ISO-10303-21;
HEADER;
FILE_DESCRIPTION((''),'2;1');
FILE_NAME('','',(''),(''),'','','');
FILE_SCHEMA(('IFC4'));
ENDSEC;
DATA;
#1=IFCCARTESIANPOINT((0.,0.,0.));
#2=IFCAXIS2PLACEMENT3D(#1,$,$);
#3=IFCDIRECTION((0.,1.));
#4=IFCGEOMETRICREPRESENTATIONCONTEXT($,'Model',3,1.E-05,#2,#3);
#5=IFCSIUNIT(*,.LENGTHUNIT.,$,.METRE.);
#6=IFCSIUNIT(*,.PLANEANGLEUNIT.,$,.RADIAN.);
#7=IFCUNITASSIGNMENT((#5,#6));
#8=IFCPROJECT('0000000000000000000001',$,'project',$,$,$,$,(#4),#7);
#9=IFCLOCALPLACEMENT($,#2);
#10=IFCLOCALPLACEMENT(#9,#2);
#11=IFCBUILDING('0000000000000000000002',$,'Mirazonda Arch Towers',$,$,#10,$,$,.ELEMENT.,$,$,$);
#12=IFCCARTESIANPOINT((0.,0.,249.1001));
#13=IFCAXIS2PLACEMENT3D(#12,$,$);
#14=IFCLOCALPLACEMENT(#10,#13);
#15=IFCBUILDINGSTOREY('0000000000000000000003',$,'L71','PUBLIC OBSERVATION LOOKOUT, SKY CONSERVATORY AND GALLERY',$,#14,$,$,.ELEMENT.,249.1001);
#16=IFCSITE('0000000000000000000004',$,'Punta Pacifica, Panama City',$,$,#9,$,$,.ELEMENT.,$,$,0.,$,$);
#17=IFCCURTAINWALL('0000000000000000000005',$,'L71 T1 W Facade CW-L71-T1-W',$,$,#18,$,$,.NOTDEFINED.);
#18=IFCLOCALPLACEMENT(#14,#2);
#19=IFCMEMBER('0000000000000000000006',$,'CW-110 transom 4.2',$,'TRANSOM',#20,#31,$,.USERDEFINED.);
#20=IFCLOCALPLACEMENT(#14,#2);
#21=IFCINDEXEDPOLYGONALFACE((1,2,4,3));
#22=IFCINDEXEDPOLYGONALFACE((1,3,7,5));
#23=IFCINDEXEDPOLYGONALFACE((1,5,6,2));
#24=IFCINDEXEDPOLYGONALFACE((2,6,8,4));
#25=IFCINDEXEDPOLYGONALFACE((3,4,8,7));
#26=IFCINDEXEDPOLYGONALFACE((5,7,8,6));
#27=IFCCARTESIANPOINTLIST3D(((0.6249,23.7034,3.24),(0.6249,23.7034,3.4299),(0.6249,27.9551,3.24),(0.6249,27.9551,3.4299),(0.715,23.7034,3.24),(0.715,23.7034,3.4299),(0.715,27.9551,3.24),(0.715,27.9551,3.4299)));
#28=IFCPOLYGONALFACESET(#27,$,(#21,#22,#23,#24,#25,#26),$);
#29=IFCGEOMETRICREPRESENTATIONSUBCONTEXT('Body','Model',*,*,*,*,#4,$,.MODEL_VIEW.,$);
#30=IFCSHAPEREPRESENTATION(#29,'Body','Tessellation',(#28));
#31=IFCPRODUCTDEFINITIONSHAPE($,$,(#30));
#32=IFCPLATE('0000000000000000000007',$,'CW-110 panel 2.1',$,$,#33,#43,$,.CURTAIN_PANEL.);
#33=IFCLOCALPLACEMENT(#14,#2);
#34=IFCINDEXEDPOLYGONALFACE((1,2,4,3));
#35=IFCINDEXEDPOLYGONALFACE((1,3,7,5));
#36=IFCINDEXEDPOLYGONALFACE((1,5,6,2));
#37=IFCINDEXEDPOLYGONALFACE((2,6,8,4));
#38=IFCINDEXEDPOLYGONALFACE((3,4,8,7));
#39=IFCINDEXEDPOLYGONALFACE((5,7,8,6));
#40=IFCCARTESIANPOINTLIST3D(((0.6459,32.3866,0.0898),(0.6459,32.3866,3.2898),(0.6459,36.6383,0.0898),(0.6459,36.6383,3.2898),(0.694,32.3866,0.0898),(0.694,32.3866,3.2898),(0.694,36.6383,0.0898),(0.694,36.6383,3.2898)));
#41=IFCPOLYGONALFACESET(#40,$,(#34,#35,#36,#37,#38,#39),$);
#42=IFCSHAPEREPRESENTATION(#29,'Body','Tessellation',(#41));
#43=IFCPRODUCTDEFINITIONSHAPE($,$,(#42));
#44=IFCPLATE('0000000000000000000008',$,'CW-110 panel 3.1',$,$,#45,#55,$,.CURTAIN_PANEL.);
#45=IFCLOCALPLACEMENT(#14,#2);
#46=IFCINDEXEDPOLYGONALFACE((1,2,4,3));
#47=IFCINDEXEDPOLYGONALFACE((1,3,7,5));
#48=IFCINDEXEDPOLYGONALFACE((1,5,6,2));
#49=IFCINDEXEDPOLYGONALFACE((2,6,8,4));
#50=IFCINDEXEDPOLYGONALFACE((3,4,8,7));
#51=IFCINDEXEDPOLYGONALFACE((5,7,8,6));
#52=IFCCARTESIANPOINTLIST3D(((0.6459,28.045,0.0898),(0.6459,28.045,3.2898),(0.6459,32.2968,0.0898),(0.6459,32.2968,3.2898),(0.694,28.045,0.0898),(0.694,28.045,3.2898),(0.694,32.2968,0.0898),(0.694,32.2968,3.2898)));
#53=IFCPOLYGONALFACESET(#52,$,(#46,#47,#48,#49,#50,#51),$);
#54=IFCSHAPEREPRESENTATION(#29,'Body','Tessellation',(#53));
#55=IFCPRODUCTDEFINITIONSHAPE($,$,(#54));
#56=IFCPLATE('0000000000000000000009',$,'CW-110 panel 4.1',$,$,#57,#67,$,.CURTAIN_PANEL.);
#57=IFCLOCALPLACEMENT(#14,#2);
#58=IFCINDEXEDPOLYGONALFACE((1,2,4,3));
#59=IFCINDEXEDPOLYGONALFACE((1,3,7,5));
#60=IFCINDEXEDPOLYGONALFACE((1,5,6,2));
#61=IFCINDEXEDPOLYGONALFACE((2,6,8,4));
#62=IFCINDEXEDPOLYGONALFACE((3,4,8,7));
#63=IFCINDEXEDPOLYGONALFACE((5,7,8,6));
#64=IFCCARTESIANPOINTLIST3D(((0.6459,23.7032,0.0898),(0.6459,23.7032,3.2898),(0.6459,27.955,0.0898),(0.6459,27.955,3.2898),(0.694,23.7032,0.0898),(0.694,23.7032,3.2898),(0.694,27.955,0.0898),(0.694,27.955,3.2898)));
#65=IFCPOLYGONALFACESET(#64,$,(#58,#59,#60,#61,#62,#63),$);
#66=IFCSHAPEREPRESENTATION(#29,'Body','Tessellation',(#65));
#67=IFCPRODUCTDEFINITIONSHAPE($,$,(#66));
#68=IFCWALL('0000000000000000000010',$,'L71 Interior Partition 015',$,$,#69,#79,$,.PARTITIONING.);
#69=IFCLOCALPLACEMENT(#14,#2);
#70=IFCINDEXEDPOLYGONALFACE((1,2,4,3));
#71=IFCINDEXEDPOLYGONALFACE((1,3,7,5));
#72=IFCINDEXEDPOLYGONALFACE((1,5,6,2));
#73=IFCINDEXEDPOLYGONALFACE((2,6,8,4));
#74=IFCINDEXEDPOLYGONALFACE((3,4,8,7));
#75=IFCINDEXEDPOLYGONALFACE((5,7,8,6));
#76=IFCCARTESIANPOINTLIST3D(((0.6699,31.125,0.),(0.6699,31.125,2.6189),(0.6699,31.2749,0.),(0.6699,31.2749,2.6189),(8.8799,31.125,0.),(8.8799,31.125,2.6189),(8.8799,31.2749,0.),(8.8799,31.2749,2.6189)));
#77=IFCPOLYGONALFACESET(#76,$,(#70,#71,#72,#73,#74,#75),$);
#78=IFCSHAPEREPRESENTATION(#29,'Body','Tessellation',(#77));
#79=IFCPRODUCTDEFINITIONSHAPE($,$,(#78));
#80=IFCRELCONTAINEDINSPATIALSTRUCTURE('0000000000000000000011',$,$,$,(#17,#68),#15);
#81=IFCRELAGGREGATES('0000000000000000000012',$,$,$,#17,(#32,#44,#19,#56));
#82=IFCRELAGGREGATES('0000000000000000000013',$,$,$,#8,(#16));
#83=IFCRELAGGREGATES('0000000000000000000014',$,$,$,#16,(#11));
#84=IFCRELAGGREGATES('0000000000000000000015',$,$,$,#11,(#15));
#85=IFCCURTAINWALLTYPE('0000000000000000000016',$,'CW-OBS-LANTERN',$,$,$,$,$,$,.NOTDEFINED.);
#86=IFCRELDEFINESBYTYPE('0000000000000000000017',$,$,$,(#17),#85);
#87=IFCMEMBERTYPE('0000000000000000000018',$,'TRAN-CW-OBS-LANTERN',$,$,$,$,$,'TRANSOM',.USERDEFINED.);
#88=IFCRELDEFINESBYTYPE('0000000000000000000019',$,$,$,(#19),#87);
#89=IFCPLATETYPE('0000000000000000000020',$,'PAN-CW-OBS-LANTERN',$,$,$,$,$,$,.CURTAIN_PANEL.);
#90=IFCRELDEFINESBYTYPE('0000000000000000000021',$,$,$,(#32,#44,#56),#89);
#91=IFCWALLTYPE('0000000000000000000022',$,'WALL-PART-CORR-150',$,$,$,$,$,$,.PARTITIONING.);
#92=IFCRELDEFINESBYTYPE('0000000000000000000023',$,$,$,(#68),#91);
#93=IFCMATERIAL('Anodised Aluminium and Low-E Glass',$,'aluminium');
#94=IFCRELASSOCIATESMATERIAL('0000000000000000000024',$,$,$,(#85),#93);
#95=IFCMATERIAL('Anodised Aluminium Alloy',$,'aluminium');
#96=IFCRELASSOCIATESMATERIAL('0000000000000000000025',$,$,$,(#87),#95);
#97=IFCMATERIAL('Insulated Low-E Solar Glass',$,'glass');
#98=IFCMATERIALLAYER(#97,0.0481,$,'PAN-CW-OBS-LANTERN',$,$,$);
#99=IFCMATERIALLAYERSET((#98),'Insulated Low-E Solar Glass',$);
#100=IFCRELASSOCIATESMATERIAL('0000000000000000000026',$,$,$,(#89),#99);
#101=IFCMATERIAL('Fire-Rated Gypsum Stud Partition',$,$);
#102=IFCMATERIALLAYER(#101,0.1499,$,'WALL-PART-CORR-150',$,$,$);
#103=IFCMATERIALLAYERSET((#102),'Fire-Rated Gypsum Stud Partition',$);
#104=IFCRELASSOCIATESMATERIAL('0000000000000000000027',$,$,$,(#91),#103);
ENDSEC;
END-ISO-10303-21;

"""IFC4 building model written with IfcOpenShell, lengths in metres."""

from ifc_helpers import new_model, si_unit, direction, frame, frame_2d, origin, origin_2d, place, context, subcontext, project, spatial, rectangle, extrude, material, layer, layer_set, material_profile, profile_set, type_object, element, aggregate, save


model = new_model("IFC4")

# Units and contexts
model_context = context("Model", 3, precision=1e-05, world=origin(), true_north=direction((0.0, 1.0)))
body_context = subcontext(model_context, "Body", "Model", "MODEL_VIEW")
ifc_project = project(units=[si_unit("LENGTHUNIT", "METRE"), si_unit("PLANEANGLEUNIT", "RADIAN")], contexts=[model_context])

# Site, building, storey
site_placement = place(None, origin())
site = spatial("IfcSite", under=ifc_project, at=site_placement, Name="Punta Pacifica, Panama City", CompositionType="ELEMENT", RefElevation=0.0)
building_placement = place(site_placement, origin())
building = spatial("IfcBuilding", under=site, at=building_placement, Name="Mirazonda Arch Towers", CompositionType="ELEMENT")
storey_placement = place(building_placement, frame((0.0, 0.0, 249.1001)))
storey = spatial("IfcBuildingStorey", under=building, at=storey_placement, Name="L71", Description="PUBLIC OBSERVATION LOOKOUT, SKY CONSERVATORY AND GALLERY", CompositionType="ELEMENT", Elevation=249.1001)

# Curtain wall, member, plates
ifc_material_1 = material(Name="Anodised Aluminium and Low-E Glass", Category="aluminium")
curtain_wall_type = type_object("IfcCurtainWallType", Name="CW-OBS-LANTERN", PredefinedType="NOTDEFINED", material=ifc_material_1)
curtain_wall_placement = place(storey_placement, origin())
curtain_wall = element("IfcCurtainWall", 1, at=curtain_wall_placement, inside=storey, type_object=curtain_wall_type, Name="L71 T1 W Facade CW-L71-T1-W", PredefinedType="NOTDEFINED")
ifc_material_2 = material(Name="Anodised Aluminium Alloy", Category="aluminium")
ifc_material_profile_1 = material_profile(ifc_material_2, rectangle(XDim=0.0901, YDim=0.1899, at=origin_2d()), Name="ALU-TRAN-90x190")
ifc_profile_set_1 = profile_set([ifc_material_profile_1], Name="Anodised Aluminium Alloy")
member_type_1 = type_object("IfcMemberType", Name="TRAN-CW-OBS-LANTERN", ElementType="TRANSOM", PredefinedType="USERDEFINED", material=ifc_profile_set_1)
member_1_placement = place(storey_placement, frame((0.6699, 27.9551, 3.335), z_axis=(0.0, -1.0, 0.0), x_axis=(1.0, 0.0, 0.0)))
member_1 = element("IfcMember", 2, at=member_1_placement, type_object=member_type_1, Name="CW-110 transom 4.2", ObjectType="TRANSOM", PredefinedType="USERDEFINED", context=body_context, shape_type="SweptSolid", body=[
    extrude(rectangle(XDim=0.0901, YDim=0.1899, at=origin_2d()), origin(), (0.0, 0.0, 1.0), 4.2517),
])
ifc_material_3 = material(Name="Insulated Low-E Solar Glass", Category="glass")
ifc_layer_1 = layer(ifc_material_3, 0.0481, Name="PAN-CW-OBS-LANTERN")
ifc_layer_set_1 = layer_set([ifc_layer_1], Name="Insulated Low-E Solar Glass")
plate_type = type_object("IfcPlateType", Name="PAN-CW-OBS-LANTERN", PredefinedType="CURTAIN_PANEL", material=ifc_layer_set_1)
plate_1_placement = place(storey_placement, frame((0.6699, 34.5125, 0.0898), z_axis=(0.0, 0.0, 1.0), x_axis=(0.0, -1.0, 0.0)))
plate_1 = element("IfcPlate", 3, at=plate_1_placement, type_object=plate_type, Name="CW-110 panel 2.1", PredefinedType="CURTAIN_PANEL", context=body_context, shape_type="SweptSolid", body=[
    extrude(rectangle(XDim=4.2517, YDim=0.0481, at=origin_2d()), origin(), (0.0, 0.0, 1.0), 3.2),
])
plate_2_placement = place(storey_placement, frame((0.6699, 30.1709, 0.0898), z_axis=(0.0, 0.0, 1.0), x_axis=(0.0, -1.0, 0.0)))
plate_2 = element("IfcPlate", 4, at=plate_2_placement, type_object=plate_type, Name="CW-110 panel 3.1", PredefinedType="CURTAIN_PANEL", context=body_context, shape_type="SweptSolid", body=[
    extrude(rectangle(XDim=4.2517, YDim=0.0481, at=origin_2d()), origin(), (0.0, 0.0, 1.0), 3.2),
])
plate_3_placement = place(storey_placement, frame((0.6699, 25.8291, 0.0898), z_axis=(0.0, 0.0, 1.0), x_axis=(0.0, -1.0, 0.0)))
plate_3 = element("IfcPlate", 5, at=plate_3_placement, type_object=plate_type, Name="CW-110 panel 4.1", PredefinedType="CURTAIN_PANEL", context=body_context, shape_type="SweptSolid", body=[
    extrude(rectangle(XDim=4.2517, YDim=0.0481, at=origin_2d()), origin(), (0.0, 0.0, 1.0), 3.2),
])
aggregate(curtain_wall, [plate_1, plate_2, member_1, plate_3])

# Wall
ifc_material_4 = material(Name="Fire-Rated Gypsum Stud Partition")
ifc_layer_2 = layer(ifc_material_4, 0.1499, Name="WALL-PART-CORR-150")
ifc_layer_set_2 = layer_set([ifc_layer_2], Name="Fire-Rated Gypsum Stud Partition")
wall_type = type_object("IfcWallType", Name="WALL-PART-CORR-150", PredefinedType="PARTITIONING", material=ifc_layer_set_2)
wall_placement = place(storey_placement, frame((0.6699, 31.2, 0.0), z_axis=(0.0, 0.0, 1.0), x_axis=(1.0, 0.0, 0.0)))
element("IfcWall", 6, at=wall_placement, inside=storey, type_object=wall_type, Name="L71 Interior Partition 015", PredefinedType="PARTITIONING", context=body_context, shape_type="SweptSolid", body=[
    extrude(rectangle(XDim=8.21, YDim=0.1499, at=frame_2d((4.105, 0.0))), origin(), (0.0, 0.0, 1.0), 2.6189),
])

save(model, "model.ifc")
